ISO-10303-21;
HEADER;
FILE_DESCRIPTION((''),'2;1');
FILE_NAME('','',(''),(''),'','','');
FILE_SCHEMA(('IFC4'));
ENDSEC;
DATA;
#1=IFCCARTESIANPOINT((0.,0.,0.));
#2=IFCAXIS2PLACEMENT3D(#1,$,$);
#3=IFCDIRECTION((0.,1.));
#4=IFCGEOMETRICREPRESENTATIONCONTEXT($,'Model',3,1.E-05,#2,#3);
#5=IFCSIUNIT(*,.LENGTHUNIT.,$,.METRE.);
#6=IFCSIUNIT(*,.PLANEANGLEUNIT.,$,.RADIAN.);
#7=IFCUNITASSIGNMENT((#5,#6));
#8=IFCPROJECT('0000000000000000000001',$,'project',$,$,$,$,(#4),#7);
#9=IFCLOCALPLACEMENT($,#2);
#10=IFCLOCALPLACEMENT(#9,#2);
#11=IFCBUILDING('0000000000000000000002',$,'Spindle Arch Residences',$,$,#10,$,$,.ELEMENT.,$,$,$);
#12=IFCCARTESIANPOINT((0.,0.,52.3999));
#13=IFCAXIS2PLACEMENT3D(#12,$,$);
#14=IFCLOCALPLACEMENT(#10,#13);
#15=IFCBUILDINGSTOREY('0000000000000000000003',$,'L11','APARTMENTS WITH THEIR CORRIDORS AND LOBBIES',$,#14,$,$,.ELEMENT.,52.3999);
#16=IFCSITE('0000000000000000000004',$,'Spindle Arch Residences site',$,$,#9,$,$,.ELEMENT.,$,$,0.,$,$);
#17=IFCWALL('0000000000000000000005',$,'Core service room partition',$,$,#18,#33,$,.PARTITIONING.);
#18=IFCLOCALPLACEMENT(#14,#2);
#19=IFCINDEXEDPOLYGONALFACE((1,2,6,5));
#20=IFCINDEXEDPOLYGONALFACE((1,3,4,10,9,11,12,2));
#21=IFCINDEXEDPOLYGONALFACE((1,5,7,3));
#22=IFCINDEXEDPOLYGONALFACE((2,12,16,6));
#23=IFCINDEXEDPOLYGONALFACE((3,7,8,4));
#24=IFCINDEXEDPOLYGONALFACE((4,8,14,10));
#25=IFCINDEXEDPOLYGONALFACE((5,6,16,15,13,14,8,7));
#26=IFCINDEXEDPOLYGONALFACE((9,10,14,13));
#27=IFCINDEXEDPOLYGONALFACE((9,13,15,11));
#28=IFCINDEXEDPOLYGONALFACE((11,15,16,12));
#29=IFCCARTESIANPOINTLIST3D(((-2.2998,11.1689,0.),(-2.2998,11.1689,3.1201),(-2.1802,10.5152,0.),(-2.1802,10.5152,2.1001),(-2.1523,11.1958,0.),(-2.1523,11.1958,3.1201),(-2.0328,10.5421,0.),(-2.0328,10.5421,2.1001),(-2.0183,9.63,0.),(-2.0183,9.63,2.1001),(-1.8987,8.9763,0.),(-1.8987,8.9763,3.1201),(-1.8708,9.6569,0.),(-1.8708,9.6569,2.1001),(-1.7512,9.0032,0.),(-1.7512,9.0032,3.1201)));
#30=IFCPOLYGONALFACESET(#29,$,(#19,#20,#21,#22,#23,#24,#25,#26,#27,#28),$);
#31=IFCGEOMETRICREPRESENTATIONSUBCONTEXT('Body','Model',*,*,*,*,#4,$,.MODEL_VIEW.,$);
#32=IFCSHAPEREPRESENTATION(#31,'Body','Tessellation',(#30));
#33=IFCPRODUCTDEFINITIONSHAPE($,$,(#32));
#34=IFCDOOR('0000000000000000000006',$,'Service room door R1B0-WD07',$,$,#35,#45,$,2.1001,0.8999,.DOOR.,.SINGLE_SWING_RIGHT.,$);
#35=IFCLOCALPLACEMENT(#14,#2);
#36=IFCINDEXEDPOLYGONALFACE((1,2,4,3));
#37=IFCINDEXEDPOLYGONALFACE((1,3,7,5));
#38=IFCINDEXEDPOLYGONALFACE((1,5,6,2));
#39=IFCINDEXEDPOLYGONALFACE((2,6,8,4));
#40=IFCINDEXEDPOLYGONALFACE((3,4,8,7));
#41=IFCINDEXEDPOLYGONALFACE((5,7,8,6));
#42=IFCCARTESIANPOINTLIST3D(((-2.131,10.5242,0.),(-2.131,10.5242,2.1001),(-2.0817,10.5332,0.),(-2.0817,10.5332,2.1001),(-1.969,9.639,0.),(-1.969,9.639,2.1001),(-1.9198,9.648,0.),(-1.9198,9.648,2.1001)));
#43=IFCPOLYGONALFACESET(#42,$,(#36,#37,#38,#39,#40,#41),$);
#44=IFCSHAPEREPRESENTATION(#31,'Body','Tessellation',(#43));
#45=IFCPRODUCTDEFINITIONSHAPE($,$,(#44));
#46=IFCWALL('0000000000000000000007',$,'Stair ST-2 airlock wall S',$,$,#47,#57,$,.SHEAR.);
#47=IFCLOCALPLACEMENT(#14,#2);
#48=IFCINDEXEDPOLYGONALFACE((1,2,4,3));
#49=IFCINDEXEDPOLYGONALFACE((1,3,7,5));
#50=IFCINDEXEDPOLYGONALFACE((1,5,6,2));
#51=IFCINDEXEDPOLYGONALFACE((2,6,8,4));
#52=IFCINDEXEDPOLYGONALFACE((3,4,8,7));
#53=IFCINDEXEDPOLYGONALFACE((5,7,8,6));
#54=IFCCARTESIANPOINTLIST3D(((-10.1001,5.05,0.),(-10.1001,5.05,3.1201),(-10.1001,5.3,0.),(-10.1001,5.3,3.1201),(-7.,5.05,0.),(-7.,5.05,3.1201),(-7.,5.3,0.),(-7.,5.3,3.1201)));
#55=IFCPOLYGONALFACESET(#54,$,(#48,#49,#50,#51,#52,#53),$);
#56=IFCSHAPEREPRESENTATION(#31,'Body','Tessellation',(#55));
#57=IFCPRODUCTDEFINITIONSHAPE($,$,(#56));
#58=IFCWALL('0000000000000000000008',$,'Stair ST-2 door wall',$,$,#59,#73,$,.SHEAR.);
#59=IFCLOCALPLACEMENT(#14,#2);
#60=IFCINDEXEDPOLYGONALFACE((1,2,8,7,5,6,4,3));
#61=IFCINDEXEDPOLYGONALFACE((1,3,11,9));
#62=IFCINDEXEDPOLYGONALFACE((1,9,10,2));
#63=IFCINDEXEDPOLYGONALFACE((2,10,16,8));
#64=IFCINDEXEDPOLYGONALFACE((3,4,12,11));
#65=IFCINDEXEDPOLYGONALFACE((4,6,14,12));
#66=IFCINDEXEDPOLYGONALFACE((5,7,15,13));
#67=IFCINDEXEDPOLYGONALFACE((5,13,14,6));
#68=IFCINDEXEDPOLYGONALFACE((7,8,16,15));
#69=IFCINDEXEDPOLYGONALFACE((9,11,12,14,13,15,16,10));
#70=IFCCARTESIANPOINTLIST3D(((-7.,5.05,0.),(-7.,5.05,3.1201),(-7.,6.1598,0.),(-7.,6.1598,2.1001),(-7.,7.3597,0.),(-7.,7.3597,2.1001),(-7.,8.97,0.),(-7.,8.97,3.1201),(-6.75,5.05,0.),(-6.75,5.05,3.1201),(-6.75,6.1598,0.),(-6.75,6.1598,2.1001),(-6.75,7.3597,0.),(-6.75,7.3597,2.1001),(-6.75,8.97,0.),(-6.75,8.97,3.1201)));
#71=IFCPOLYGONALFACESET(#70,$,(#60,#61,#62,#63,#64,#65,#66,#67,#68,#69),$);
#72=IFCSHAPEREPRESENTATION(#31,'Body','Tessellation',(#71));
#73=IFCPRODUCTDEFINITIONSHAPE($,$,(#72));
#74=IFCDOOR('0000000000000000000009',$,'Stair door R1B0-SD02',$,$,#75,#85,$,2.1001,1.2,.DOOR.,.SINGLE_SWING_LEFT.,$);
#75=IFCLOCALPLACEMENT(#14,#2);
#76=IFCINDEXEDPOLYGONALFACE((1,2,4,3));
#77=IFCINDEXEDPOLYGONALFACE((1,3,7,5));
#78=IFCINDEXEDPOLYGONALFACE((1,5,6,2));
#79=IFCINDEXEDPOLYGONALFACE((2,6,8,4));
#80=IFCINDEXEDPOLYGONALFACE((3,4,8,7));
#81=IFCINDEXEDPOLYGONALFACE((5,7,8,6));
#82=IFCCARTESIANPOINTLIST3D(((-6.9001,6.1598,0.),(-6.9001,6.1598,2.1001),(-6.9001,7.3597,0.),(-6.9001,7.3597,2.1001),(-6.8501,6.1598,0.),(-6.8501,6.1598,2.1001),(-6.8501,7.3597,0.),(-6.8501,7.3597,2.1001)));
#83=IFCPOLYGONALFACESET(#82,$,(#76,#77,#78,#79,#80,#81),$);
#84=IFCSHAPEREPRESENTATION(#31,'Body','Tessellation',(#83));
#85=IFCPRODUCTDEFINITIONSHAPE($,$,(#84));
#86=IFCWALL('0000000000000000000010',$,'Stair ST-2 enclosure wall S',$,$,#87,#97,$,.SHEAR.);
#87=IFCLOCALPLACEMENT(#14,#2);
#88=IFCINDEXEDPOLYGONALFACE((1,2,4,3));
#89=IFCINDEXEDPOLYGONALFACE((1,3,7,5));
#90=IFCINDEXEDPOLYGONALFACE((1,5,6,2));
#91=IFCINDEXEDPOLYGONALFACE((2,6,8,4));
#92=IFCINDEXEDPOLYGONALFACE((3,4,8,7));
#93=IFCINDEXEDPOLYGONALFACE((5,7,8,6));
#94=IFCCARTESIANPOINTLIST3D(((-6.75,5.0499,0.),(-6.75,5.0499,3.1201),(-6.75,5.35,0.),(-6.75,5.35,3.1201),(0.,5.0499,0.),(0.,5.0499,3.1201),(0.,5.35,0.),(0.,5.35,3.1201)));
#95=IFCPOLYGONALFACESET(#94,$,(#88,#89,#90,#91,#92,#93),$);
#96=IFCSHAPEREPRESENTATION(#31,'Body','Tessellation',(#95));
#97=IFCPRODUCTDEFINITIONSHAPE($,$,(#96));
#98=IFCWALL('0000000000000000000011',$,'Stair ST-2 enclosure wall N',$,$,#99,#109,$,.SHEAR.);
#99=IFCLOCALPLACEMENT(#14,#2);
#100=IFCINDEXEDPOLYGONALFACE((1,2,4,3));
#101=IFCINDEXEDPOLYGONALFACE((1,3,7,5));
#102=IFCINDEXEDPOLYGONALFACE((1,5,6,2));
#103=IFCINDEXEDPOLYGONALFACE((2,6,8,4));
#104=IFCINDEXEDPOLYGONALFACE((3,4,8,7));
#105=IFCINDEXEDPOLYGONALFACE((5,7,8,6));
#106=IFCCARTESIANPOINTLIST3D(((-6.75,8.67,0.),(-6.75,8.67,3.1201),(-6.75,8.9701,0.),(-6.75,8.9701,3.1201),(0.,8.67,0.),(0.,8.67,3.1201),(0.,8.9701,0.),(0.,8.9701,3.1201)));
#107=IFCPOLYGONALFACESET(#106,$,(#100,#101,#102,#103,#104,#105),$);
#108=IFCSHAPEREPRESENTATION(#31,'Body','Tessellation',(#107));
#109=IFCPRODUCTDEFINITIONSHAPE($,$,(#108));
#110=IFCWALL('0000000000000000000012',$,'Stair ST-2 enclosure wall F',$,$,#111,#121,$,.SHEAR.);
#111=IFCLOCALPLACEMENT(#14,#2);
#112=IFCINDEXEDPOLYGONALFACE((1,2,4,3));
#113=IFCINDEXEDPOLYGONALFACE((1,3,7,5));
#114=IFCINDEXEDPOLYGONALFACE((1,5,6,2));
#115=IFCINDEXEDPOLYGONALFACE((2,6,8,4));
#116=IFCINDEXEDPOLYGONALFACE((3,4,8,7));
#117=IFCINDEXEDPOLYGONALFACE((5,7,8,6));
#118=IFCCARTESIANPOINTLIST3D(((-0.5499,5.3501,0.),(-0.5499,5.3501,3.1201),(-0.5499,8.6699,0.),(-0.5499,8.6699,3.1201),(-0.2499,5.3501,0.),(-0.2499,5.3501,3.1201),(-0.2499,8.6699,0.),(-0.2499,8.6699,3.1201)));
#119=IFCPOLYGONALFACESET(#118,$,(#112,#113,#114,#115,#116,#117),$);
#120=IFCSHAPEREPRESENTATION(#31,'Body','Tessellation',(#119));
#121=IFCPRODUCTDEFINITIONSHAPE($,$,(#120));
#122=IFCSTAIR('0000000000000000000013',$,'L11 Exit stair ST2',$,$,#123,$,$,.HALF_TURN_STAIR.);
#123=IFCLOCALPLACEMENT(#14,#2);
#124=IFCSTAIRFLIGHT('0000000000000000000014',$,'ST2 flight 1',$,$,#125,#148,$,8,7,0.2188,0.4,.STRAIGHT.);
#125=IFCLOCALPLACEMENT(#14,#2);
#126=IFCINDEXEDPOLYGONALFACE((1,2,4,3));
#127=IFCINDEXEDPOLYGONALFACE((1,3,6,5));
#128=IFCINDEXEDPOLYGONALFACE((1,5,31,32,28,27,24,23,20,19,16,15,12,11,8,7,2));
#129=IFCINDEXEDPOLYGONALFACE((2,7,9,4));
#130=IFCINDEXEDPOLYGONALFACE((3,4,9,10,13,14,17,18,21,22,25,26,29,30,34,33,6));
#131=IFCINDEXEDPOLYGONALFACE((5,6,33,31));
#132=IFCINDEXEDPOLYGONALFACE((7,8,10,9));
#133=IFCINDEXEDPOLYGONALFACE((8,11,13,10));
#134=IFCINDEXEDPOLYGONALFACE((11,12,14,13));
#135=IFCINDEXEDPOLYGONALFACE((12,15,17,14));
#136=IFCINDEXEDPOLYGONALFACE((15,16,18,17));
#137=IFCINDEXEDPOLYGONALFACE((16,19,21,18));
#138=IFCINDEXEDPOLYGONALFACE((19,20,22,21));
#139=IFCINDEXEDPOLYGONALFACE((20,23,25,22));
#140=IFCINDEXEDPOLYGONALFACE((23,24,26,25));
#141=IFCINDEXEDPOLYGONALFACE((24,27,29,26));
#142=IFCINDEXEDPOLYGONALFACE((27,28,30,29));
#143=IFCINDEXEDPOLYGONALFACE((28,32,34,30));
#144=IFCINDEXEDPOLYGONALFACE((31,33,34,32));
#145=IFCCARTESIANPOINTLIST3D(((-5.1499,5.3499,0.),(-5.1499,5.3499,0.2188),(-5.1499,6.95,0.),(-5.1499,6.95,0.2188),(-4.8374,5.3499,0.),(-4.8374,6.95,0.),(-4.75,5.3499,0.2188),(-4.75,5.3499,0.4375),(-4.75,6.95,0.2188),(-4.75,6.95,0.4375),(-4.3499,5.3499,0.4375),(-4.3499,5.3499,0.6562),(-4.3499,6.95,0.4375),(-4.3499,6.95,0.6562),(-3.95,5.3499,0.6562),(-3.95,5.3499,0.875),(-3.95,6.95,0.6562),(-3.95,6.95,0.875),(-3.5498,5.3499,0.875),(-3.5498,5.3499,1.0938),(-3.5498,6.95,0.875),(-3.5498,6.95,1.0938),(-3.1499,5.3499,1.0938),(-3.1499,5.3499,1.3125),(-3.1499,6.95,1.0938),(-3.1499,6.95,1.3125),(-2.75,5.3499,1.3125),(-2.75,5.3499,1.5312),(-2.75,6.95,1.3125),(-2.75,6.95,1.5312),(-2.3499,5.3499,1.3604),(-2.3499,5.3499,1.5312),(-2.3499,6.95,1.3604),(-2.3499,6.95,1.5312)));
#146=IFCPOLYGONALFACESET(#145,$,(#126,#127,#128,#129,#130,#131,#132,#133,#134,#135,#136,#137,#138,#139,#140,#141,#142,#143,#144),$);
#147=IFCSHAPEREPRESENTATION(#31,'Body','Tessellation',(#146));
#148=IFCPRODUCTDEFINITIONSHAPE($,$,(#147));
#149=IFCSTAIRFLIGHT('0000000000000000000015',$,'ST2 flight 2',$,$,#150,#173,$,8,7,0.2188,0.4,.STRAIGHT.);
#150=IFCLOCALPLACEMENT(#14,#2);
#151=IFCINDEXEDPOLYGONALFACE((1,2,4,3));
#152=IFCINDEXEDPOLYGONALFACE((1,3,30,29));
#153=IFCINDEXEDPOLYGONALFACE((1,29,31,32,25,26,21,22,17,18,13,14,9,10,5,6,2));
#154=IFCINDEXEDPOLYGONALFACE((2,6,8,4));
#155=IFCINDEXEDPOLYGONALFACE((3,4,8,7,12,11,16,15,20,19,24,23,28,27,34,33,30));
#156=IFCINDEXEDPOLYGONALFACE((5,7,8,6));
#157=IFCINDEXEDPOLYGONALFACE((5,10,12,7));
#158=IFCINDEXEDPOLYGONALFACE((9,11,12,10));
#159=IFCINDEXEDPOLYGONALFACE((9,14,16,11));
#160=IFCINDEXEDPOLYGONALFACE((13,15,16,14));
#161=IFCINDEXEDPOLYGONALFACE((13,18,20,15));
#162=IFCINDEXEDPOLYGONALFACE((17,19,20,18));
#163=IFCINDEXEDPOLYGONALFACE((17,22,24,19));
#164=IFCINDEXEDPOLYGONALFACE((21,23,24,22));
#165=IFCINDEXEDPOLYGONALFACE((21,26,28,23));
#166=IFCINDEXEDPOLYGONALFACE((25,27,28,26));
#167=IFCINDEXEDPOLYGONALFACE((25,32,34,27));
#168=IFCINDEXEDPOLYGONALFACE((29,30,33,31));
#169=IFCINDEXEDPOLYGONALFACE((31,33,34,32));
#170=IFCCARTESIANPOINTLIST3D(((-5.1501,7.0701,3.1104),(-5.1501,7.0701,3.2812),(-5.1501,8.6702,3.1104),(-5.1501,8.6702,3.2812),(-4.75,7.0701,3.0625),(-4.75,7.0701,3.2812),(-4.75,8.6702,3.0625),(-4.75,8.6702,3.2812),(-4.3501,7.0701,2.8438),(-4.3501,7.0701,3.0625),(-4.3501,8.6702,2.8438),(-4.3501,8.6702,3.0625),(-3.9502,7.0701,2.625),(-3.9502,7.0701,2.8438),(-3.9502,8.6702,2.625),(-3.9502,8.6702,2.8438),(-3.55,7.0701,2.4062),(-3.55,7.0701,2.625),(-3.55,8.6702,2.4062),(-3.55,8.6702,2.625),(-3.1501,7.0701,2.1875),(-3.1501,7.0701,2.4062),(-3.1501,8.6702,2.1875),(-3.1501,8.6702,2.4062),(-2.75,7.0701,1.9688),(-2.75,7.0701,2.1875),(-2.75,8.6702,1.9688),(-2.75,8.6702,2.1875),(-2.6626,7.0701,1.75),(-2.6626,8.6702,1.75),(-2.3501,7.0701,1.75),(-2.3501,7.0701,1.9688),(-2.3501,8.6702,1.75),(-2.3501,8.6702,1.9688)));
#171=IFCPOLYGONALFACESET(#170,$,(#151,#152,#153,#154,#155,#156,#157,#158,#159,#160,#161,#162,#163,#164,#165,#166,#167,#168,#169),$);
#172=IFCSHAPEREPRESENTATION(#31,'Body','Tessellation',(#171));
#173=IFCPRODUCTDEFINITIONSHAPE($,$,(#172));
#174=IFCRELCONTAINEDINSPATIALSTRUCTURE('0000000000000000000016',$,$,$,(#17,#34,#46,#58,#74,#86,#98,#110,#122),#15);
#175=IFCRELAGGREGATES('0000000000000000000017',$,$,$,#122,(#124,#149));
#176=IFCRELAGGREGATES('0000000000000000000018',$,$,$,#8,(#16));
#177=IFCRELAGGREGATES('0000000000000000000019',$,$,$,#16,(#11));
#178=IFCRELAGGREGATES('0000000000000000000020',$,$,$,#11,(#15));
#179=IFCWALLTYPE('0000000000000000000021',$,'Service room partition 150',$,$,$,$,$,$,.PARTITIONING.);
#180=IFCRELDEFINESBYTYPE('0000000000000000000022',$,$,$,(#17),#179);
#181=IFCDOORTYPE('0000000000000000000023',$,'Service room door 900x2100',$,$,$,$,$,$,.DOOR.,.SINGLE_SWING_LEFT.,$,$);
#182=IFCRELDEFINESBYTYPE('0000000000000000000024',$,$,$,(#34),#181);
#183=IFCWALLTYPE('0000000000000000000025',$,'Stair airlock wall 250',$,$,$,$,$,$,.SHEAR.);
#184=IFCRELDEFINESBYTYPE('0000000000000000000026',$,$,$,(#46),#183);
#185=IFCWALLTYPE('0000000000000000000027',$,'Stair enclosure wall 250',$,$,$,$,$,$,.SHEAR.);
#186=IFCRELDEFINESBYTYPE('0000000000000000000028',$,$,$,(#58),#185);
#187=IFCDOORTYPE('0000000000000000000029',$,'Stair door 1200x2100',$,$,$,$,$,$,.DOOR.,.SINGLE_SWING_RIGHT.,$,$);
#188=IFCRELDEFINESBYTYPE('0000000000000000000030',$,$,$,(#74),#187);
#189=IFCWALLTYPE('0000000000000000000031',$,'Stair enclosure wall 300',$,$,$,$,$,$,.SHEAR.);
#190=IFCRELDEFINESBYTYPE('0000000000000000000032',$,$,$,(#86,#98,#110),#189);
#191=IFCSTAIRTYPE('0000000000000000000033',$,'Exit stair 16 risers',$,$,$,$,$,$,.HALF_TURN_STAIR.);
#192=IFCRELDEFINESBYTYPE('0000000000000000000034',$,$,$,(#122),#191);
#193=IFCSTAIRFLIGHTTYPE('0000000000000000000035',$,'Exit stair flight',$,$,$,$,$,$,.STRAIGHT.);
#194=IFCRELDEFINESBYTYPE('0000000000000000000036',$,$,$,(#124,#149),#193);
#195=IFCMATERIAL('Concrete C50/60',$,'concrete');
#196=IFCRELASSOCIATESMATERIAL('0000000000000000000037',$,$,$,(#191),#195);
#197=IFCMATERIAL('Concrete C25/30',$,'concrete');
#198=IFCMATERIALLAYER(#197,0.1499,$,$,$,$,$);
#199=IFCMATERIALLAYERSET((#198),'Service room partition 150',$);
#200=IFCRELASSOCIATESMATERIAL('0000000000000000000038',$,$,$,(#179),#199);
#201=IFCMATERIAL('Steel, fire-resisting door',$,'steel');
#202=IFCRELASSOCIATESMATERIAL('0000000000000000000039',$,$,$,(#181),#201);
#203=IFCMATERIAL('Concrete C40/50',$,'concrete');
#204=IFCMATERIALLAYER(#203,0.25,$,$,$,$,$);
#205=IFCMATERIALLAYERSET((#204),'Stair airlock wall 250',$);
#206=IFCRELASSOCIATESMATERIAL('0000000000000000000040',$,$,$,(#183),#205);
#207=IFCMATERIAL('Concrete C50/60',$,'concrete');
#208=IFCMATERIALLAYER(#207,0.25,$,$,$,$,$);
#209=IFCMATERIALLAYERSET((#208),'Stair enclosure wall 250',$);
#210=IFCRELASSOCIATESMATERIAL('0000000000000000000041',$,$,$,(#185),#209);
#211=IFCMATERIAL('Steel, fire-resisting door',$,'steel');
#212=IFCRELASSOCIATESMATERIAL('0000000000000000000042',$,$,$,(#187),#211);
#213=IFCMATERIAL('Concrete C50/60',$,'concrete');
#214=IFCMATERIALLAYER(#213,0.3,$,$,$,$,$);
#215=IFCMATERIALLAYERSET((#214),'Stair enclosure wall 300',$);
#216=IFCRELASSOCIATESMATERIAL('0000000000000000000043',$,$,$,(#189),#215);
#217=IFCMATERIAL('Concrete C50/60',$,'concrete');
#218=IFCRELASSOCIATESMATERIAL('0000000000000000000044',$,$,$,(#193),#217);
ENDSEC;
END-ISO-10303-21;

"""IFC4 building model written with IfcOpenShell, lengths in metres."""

from ifc_helpers import new_model, si_unit, direction, frame, frame_2d, origin, place, context, subcontext, project, spatial, polyline, rectangle, outline, extrude, material, layer, layer_set, type_object, element, fill, aggregate, save


model = new_model("IFC4")

# Units and contexts
model_context = context("Model", 3, precision=1e-05, world=origin(), true_north=direction((0.0, 1.0)))
body_context = subcontext(model_context, "Body", "Model", "MODEL_VIEW")
ifc_project = project(units=[si_unit("LENGTHUNIT", "METRE"), si_unit("PLANEANGLEUNIT", "RADIAN")], contexts=[model_context])

# Site, building, storey
site_placement = place(None, origin())
site = spatial("IfcSite", under=ifc_project, at=site_placement, Name="Spindle Arch Residences site", CompositionType="ELEMENT", RefElevation=0.0)
building_placement = place(site_placement, origin())
building = spatial("IfcBuilding", under=site, at=building_placement, Name="Spindle Arch Residences", CompositionType="ELEMENT")
storey_placement = place(building_placement, frame((0.0, 0.0, 52.3999)))
storey = spatial("IfcBuildingStorey", under=building, at=storey_placement, Name="L11", Description="APARTMENTS WITH THEIR CORRIDORS AND LOBBIES", CompositionType="ELEMENT", Elevation=52.3999)

# Shared definitions
ifc_material_1 = material(Name="Concrete C50/60", Category="concrete")
stair_type = type_object("IfcStairType", Name="Exit stair 16 risers", PredefinedType="HALF_TURN_STAIR", material=ifc_material_1)

# Wall, opening, door
ifc_material_2 = material(Name="Concrete C25/30", Category="concrete")
ifc_layer_1 = layer(ifc_material_2, 0.1499)
ifc_layer_set_1 = layer_set([ifc_layer_1], Name="Service room partition 150")
wall_type_1 = type_object("IfcWallType", Name="Service room partition 150", PredefinedType="PARTITIONING", material=ifc_layer_set_1)
wall_1_placement = place(storey_placement, frame((-1.825, 8.9897, 0.0), z_axis=(0.0, 0.0, 1.0), x_axis=(-0.179955, 0.983675, 0.0)))
wall_1 = element("IfcWall", 1, at=wall_1_placement, inside=storey, type_object=wall_type_1, Name="Core service room partition", PredefinedType="PARTITIONING", context=body_context, shape_type="SweptSolid", body=[
    extrude(rectangle(XDim=2.229, YDim=0.1499, at=frame_2d((1.1145, 0.0))), origin(), (0.0, 0.0, 1.0), 3.1201),
])
opening_1_placement = place(wall_1_placement, frame((0.6646, 0.0, 0.0)))
opening_1 = element("IfcOpeningElement", 2, at=opening_1_placement, cuts=wall_1, PredefinedType="OPENING", context=body_context, shape_type="SweptSolid", body=[
    extrude(rectangle(XDim=0.8999, YDim=2.1001, at=frame_2d((0.45, 1.05))), frame((0.0, 0.085, 0.0), z_axis=(0.0, -1.0, 0.0), x_axis=(1.0, 0.0, 0.0)), (0.0, 0.0, 1.0), 0.1699),
])
ifc_material_3 = material(Name="Steel, fire-resisting door", Category="steel")
door_type_1 = type_object("IfcDoorType", Name="Service room door 900x2100", OperationType="SINGLE_SWING_LEFT", PredefinedType="DOOR", material=ifc_material_3)
door_1_placement = place(opening_1_placement, origin())
door_1 = element("IfcDoor", 3, at=door_1_placement, inside=storey, type_object=door_type_1, Name="Service room door R1B0-WD07", OperationType="SINGLE_SWING_RIGHT", OverallHeight=2.1001, OverallWidth=0.8999, PredefinedType="DOOR", context=body_context, shape_type="SweptSolid", body=[
    extrude(rectangle(XDim=0.8999, YDim=2.1001, at=frame_2d((0.45, 1.05))), frame((0.0, 0.0249, 0.0), z_axis=(0.0, -1.0, 0.0), x_axis=(1.0, 0.0, 0.0)), (0.0, 0.0, 1.0), 0.05),
])
fill(opening_1, door_1)

# Wall
ifc_material_4 = material(Name="Concrete C40/50", Category="concrete")
ifc_layer_2 = layer(ifc_material_4, 0.25)
ifc_layer_set_2 = layer_set([ifc_layer_2], Name="Stair airlock wall 250")
wall_type_2 = type_object("IfcWallType", Name="Stair airlock wall 250", PredefinedType="SHEAR", material=ifc_layer_set_2)
wall_2_placement = place(storey_placement, frame((-7.0, 5.175, 0.0), z_axis=(0.0, 0.0, 1.0), x_axis=(-1.0, 0.0, 0.0)))
element("IfcWall", 4, at=wall_2_placement, inside=storey, type_object=wall_type_2, Name="Stair ST-2 airlock wall S", PredefinedType="SHEAR", context=body_context, shape_type="SweptSolid", body=[
    extrude(rectangle(XDim=3.1001, YDim=0.25, at=frame_2d((1.55, 0.0))), origin(), (0.0, 0.0, 1.0), 3.1201),
])

# Wall, opening, door
ifc_material_5 = material(Name="Concrete C50/60", Category="concrete")
ifc_layer_3 = layer(ifc_material_5, 0.25)
ifc_layer_set_3 = layer_set([ifc_layer_3], Name="Stair enclosure wall 250")
wall_type_3 = type_object("IfcWallType", Name="Stair enclosure wall 250", PredefinedType="SHEAR", material=ifc_layer_set_3)
wall_3_placement = place(storey_placement, frame((-6.875, 8.97, 0.0), z_axis=(0.0, 0.0, 1.0), x_axis=(0.0, -1.0, 0.0)))
wall_3 = element("IfcWall", 5, at=wall_3_placement, inside=storey, type_object=wall_type_3, Name="Stair ST-2 door wall", PredefinedType="SHEAR", context=body_context, shape_type="SweptSolid", body=[
    extrude(rectangle(XDim=3.9199, YDim=0.25, at=frame_2d((1.96, 0.0))), origin(), (0.0, 0.0, 1.0), 3.1201),
])
opening_2_placement = place(wall_3_placement, frame((1.6101, 0.0, 0.0)))
opening_2 = element("IfcOpeningElement", 6, at=opening_2_placement, cuts=wall_3, PredefinedType="OPENING", context=body_context, shape_type="SweptSolid", body=[
    extrude(rectangle(XDim=1.2, YDim=2.1001, at=frame_2d((0.6001, 1.05))), frame((0.0, 0.135, 0.0), z_axis=(0.0, -1.0, 0.0), x_axis=(1.0, 0.0, 0.0)), (0.0, 0.0, 1.0), 0.27),
])
ifc_material_6 = material(Name="Steel, fire-resisting door", Category="steel")
door_type_2 = type_object("IfcDoorType", Name="Stair door 1200x2100", OperationType="SINGLE_SWING_RIGHT", PredefinedType="DOOR", material=ifc_material_6)
door_2_placement = place(opening_2_placement, origin())
door_2 = element("IfcDoor", 7, at=door_2_placement, inside=storey, type_object=door_type_2, Name="Stair door R1B0-SD02", OperationType="SINGLE_SWING_LEFT", OverallHeight=2.1001, OverallWidth=1.2, PredefinedType="DOOR", context=body_context, shape_type="SweptSolid", body=[
    extrude(rectangle(XDim=1.2, YDim=2.1001, at=frame_2d((0.6001, 1.05))), frame((0.0, 0.0249, 0.0), z_axis=(0.0, -1.0, 0.0), x_axis=(1.0, 0.0, 0.0)), (0.0, 0.0, 1.0), 0.05),
])
fill(opening_2, door_2)

# Walls
ifc_material_7 = material(Name="Concrete C50/60", Category="concrete")
ifc_layer_4 = layer(ifc_material_7, 0.3)
ifc_layer_set_4 = layer_set([ifc_layer_4], Name="Stair enclosure wall 300")
wall_type_4 = type_object("IfcWallType", Name="Stair enclosure wall 300", PredefinedType="SHEAR", material=ifc_layer_set_4)
for number, where, z_axis, x_axis, name in (
    (8, (-6.75, 5.2, 0.0), (0.0, 0.0, 1.0), (1.0, 0.0, 0.0), "Stair ST-2 enclosure wall S"),
    (9, (-6.75, 8.8201, 0.0), (0.0, 0.0, 1.0), (1.0, 0.0, 0.0), "Stair ST-2 enclosure wall N"),
):
    element("IfcWall", number, at=place(storey_placement, frame(where, z_axis=z_axis, x_axis=x_axis)), inside=storey, type_object=wall_type_4, Name=name, PredefinedType="SHEAR", context=body_context, shape_type="SweptSolid", body=[
        extrude(rectangle(XDim=6.75, YDim=0.3, at=frame_2d((3.375, 0.0))), origin(), (0.0, 0.0, 1.0), 3.1201),
    ])
wall_4_placement = place(storey_placement, frame((-0.3999, 5.3501, 0.0), z_axis=(0.0, 0.0, 1.0), x_axis=(0.0, 1.0, 0.0)))
element("IfcWall", 10, at=wall_4_placement, inside=storey, type_object=wall_type_4, Name="Stair ST-2 enclosure wall F", PredefinedType="SHEAR", context=body_context, shape_type="SweptSolid", body=[
    extrude(rectangle(XDim=3.3198, YDim=0.3, at=frame_2d((1.6599, 0.0))), origin(), (0.0, 0.0, 1.0), 3.1201),
])

# Stair, stair flights
stair_1_placement = place(storey_placement, origin())
stair_1 = element("IfcStair", 11, at=stair_1_placement, inside=storey, type_object=stair_type, Name="L11 Exit stair ST2", PredefinedType="HALF_TURN_STAIR")
ifc_material_8 = material(Name="Concrete C50/60", Category="concrete")
stair_flight_type = type_object("IfcStairFlightType", Name="Exit stair flight", PredefinedType="STRAIGHT", material=ifc_material_8)
stair_flight_1_placement = place(storey_placement, frame((-5.1499, 6.1499, 0.0), z_axis=(0.0, 0.0, 1.0), x_axis=(1.0, 0.0, 0.0)))
stair_flight_1 = element("IfcStairFlight", 12, at=stair_flight_1_placement, type_object=stair_flight_type, Name="ST2 flight 1", NumberOfRisers=8, NumberOfTreads=7, PredefinedType="STRAIGHT", RiserHeight=0.2188, TreadLength=0.4, context=body_context, shape_type="SweptSolid", body=[
    extrude(outline(polyline([(0.0, 0.0), (0.0, 0.2188), (0.3999, 0.2188), (0.3999, 0.4375), (0.8, 0.4375), (0.8, 0.6562), (1.2, 0.6562), (1.2, 0.875), (1.6001, 0.875), (1.6001, 1.0938), (2.0, 1.0938), (2.0, 1.3125), (2.3999, 1.3125), (2.3999, 1.5312), (2.8, 1.5312), (2.8, 1.75), (2.8, 1.3604), (0.3125, 0.0), (0.0, 0.0)])), frame((0.0, 0.8, 0.0), z_axis=(0.0, -1.0, 0.0), x_axis=(1.0, 0.0, 0.0)), (0.0, 0.0, 1.0), 1.6001),
])
stair_flight_2_placement = place(storey_placement, frame((-2.3501, 7.8701, 1.75), z_axis=(0.0, 0.0, 1.0), x_axis=(-1.0, 0.0, 0.0)))
stair_flight_2 = element("IfcStairFlight", 13, at=stair_flight_2_placement, type_object=stair_flight_type, Name="ST2 flight 2", NumberOfRisers=8, NumberOfTreads=7, PredefinedType="STRAIGHT", RiserHeight=0.2188, TreadLength=0.4, context=body_context, shape_type="SweptSolid", body=[
    extrude(outline(polyline([(0.0, 0.0), (0.0, 0.2188), (0.3999, 0.2188), (0.3999, 0.4375), (0.8, 0.4375), (0.8, 0.6562), (1.2, 0.6562), (1.2, 0.875), (1.6001, 0.875), (1.6001, 1.0938), (2.0, 1.0938), (2.0, 1.3125), (2.3999, 1.3125), (2.3999, 1.5312), (2.8, 1.5312), (2.8, 1.75), (2.8, 1.3604), (0.3125, 0.0), (0.0, 0.0)])), frame((0.0, 0.8, 0.0), z_axis=(0.0, -1.0, 0.0), x_axis=(1.0, 0.0, 0.0)), (0.0, 0.0, 1.0), 1.6001),
])
aggregate(stair_1, [stair_flight_1, stair_flight_2])

save(model, "model.ifc")
